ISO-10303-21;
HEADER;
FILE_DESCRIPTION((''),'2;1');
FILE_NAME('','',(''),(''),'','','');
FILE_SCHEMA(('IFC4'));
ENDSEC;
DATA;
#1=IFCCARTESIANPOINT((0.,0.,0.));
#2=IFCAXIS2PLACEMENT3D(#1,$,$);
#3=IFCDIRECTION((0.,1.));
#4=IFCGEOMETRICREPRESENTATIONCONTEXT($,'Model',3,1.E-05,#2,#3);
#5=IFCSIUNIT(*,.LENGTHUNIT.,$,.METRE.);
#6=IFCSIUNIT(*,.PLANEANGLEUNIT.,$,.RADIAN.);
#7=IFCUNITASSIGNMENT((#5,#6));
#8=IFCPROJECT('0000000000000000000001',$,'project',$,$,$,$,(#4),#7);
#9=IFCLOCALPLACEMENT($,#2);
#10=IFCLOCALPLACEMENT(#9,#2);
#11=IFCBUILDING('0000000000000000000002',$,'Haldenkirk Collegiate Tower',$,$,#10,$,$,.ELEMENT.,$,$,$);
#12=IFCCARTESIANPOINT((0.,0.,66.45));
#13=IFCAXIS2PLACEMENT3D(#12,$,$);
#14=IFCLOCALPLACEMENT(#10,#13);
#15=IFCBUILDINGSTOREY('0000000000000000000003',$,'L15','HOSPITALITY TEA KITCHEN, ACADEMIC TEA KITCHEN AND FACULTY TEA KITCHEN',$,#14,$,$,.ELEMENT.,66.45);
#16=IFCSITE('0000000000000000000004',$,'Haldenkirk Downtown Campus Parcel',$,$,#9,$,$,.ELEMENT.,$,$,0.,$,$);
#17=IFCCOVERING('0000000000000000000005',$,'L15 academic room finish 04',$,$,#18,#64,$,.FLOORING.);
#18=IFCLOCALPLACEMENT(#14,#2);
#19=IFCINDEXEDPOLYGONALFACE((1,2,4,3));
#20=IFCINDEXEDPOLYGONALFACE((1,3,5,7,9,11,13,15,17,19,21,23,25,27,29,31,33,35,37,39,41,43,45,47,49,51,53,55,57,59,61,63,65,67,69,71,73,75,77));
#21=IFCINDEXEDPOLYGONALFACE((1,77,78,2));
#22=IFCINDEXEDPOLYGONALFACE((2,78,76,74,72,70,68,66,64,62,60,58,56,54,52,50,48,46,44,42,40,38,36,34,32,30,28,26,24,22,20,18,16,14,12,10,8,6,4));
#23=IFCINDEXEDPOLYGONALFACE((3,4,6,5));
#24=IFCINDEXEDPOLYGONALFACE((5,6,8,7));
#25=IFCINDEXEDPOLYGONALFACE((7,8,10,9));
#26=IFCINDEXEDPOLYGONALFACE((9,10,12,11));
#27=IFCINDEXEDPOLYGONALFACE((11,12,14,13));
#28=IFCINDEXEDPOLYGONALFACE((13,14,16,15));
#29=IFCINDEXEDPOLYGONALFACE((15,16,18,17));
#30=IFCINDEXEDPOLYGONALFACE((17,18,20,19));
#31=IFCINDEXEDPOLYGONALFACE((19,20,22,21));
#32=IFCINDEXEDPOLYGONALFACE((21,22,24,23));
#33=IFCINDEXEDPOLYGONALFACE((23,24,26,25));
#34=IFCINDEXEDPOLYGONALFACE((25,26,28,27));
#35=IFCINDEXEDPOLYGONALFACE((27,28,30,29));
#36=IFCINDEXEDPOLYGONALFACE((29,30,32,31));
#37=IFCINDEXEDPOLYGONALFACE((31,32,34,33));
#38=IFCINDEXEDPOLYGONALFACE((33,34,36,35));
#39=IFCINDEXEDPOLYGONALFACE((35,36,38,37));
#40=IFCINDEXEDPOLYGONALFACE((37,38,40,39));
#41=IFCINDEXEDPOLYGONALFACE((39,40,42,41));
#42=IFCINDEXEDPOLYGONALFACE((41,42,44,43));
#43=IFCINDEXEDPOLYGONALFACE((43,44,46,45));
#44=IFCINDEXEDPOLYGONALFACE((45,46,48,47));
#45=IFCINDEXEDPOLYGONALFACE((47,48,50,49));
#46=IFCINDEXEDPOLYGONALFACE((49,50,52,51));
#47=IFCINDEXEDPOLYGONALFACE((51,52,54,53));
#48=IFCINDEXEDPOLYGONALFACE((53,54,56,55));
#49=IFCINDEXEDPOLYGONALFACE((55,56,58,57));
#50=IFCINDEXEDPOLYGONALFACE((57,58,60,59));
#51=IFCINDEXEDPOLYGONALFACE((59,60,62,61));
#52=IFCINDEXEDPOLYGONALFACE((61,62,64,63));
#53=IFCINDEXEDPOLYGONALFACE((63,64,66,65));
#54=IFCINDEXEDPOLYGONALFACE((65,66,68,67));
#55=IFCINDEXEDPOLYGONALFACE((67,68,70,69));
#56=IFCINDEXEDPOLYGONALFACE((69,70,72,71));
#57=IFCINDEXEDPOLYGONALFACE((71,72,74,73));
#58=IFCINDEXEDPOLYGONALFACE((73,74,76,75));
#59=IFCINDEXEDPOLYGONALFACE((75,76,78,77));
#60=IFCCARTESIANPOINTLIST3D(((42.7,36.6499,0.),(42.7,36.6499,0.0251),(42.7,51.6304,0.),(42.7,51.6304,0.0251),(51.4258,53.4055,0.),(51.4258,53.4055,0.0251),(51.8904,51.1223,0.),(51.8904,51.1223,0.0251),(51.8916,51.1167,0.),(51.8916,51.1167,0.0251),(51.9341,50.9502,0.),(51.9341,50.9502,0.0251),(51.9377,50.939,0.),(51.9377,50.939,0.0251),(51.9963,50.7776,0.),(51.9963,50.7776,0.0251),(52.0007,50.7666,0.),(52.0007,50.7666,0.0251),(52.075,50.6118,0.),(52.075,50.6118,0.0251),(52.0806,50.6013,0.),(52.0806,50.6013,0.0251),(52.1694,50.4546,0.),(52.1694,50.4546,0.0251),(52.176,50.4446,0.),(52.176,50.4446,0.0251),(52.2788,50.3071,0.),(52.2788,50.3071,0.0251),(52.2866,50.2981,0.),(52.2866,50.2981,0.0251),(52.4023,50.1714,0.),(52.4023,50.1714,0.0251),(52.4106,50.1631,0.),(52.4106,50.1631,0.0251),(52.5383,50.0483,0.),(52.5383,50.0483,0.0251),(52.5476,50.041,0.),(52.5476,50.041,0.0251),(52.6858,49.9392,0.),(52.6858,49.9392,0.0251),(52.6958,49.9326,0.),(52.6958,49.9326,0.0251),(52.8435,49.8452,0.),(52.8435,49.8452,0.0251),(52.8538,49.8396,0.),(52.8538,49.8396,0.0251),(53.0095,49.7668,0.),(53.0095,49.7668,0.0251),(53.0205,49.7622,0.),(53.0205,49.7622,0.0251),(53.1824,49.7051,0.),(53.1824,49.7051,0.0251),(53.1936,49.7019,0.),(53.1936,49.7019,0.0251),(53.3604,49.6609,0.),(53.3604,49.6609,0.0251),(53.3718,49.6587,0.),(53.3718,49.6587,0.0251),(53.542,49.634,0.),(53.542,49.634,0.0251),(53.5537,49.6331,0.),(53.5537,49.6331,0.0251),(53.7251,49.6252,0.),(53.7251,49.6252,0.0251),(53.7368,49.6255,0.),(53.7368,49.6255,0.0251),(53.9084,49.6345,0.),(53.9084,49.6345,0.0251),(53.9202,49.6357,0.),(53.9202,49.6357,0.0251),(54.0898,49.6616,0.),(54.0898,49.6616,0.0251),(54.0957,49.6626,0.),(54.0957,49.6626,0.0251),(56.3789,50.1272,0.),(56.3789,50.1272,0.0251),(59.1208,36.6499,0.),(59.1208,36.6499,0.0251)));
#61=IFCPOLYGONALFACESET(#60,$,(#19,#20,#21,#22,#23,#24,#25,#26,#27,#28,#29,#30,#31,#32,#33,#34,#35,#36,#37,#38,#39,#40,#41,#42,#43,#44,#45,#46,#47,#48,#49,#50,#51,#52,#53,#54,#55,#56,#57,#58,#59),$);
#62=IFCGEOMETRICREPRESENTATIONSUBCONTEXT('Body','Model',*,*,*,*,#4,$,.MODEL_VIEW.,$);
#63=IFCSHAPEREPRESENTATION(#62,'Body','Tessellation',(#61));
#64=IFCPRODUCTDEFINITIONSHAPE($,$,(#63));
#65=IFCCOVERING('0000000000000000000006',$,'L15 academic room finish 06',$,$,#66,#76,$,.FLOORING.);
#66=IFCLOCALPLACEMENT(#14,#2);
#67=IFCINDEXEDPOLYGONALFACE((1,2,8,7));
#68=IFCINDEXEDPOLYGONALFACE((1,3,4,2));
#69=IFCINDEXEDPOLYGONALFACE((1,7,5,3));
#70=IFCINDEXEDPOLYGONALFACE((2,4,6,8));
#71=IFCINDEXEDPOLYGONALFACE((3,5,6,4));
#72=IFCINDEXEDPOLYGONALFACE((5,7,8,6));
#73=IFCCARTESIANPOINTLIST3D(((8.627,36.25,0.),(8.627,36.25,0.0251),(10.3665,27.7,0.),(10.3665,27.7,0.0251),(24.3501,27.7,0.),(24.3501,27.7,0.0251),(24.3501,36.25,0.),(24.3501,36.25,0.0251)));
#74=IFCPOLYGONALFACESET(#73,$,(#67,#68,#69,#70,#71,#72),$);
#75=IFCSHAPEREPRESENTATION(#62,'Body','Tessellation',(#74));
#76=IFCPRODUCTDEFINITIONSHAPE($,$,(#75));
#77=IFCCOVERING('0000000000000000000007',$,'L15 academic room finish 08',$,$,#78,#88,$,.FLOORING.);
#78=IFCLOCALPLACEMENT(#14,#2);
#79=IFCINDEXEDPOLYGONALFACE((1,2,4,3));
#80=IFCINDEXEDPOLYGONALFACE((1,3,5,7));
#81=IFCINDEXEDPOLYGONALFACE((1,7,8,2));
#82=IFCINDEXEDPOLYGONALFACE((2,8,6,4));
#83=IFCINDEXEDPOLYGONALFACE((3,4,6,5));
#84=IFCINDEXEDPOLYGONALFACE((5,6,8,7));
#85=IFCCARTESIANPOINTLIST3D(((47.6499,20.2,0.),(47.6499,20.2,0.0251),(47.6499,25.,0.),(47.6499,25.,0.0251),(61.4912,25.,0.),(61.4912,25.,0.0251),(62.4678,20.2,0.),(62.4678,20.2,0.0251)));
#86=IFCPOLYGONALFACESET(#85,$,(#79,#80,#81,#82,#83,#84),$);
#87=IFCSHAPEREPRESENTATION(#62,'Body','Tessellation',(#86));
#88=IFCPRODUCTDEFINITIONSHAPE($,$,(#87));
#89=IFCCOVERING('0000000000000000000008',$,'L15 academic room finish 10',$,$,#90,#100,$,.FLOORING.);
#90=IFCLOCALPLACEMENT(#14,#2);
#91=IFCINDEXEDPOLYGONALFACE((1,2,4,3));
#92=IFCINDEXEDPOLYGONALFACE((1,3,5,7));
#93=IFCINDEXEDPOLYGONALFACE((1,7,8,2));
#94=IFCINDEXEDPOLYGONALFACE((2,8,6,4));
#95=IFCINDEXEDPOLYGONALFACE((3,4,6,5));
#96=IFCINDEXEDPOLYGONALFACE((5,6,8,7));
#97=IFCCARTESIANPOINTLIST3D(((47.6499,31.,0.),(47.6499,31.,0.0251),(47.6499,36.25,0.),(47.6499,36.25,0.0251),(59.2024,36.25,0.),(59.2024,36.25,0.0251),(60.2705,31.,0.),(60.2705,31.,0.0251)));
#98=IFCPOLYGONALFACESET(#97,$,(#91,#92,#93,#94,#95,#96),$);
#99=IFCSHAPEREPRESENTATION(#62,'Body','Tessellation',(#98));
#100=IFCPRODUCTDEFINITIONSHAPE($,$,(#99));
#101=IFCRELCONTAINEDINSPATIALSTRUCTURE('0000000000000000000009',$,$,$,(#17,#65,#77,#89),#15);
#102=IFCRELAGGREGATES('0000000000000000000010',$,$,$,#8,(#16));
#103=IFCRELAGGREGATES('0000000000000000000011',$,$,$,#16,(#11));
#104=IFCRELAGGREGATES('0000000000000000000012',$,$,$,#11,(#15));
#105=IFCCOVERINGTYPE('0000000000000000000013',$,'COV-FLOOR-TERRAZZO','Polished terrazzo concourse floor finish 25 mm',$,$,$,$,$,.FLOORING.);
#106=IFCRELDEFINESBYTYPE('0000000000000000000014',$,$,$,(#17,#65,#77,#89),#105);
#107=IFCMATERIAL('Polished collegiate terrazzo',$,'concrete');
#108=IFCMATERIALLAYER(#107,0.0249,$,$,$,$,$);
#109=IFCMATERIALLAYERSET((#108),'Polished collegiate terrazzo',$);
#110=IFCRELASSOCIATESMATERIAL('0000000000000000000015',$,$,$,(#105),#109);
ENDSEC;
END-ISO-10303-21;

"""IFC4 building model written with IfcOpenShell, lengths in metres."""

from ifc_helpers import new_model, si_unit, direction, frame, origin, place, context, subcontext, project, spatial, polyline, outline, extrude, material, layer, layer_set, type_object, element, save


model = new_model("IFC4")

# Units and contexts
model_context = context("Model", 3, precision=1e-05, world=origin(), true_north=direction((0.0, 1.0)))
body_context = subcontext(model_context, "Body", "Model", "MODEL_VIEW")
ifc_project = project(units=[si_unit("LENGTHUNIT", "METRE"), si_unit("PLANEANGLEUNIT", "RADIAN")], contexts=[model_context])

# Site, building, storey
site_placement = place(None, origin())
site = spatial("IfcSite", under=ifc_project, at=site_placement, Name="Haldenkirk Downtown Campus Parcel", CompositionType="ELEMENT", RefElevation=0.0)
building_placement = place(site_placement, origin())
building = spatial("IfcBuilding", under=site, at=building_placement, Name="Haldenkirk Collegiate Tower", CompositionType="ELEMENT")
storey_placement = place(building_placement, frame((0.0, 0.0, 66.45)))
storey = spatial("IfcBuildingStorey", under=building, at=storey_placement, Name="L15", Description="HOSPITALITY TEA KITCHEN, ACADEMIC TEA KITCHEN AND FACULTY TEA KITCHEN", CompositionType="ELEMENT", Elevation=66.45)

# Coverings
ifc_material_1 = material(Name="Polished collegiate terrazzo", Category="concrete")
ifc_layer_1 = layer(ifc_material_1, 0.0249)
ifc_layer_set_1 = layer_set([ifc_layer_1], Name="Polished collegiate terrazzo")
covering_type_1 = type_object("IfcCoveringType", Name="COV-FLOOR-TERRAZZO", Description="Polished terrazzo concourse floor finish 25 mm", PredefinedType="FLOORING", material=ifc_layer_set_1)
covering_1_placement = place(storey_placement, origin())
element("IfcCovering", 1, at=covering_1_placement, inside=storey, type_object=covering_type_1, Name="L15 academic room finish 04", PredefinedType="FLOORING", context=body_context, shape_type="SweptSolid", body=[
    extrude(outline(polyline([(51.4258, 53.4055), (51.8904, 51.1223), (51.8916, 51.1167), (51.9341, 50.9502), (51.9377, 50.939), (51.9963, 50.7776), (52.0007, 50.7666), (52.075, 50.6118), (52.0806, 50.6013), (52.1694, 50.4546), (52.176, 50.4446), (52.2788, 50.3071), (52.2866, 50.2981), (52.4023, 50.1714), (52.4106, 50.1631), (52.5383, 50.0483), (52.5476, 50.041), (52.6858, 49.9392), (52.6958, 49.9326), (52.8435, 49.8452), (52.8538, 49.8396), (53.0095, 49.7668), (53.0205, 49.7622), (53.1824, 49.7051), (53.1936, 49.7019), (53.3604, 49.6609), (53.3718, 49.6587), (53.542, 49.634), (53.5537, 49.6331), (53.7251, 49.6252), (53.7368, 49.6255), (53.9084, 49.6345), (53.9202, 49.6357), (54.0898, 49.6616), (54.0957, 49.6626), (56.3789, 50.1272), (59.1208, 36.6499), (42.7, 36.6499), (42.7, 51.6304), (51.4258, 53.4055)])), origin(), (0.0, 0.0, 1.0), 0.0251),
])
covering_2_placement = place(storey_placement, origin())
element("IfcCovering", 2, at=covering_2_placement, inside=storey, type_object=covering_type_1, Name="L15 academic room finish 06", PredefinedType="FLOORING", context=body_context, shape_type="SweptSolid", body=[
    extrude(outline(polyline([(8.627, 36.25), (24.3501, 36.25), (24.3501, 27.7), (10.3665, 27.7), (8.627, 36.25)])), origin(), (0.0, 0.0, 1.0), 0.0251),
])
covering_3_placement = place(storey_placement, origin())
element("IfcCovering", 3, at=covering_3_placement, inside=storey, type_object=covering_type_1, Name="L15 academic room finish 08", PredefinedType="FLOORING", context=body_context, shape_type="SweptSolid", body=[
    extrude(outline(polyline([(62.4678, 20.2), (47.6499, 20.2), (47.6499, 25.0), (61.4912, 25.0), (62.4678, 20.2)])), origin(), (0.0, 0.0, 1.0), 0.0251),
])
covering_4_placement = place(storey_placement, origin())
element("IfcCovering", 4, at=covering_4_placement, inside=storey, type_object=covering_type_1, Name="L15 academic room finish 10", PredefinedType="FLOORING", context=body_context, shape_type="SweptSolid", body=[
    extrude(outline(polyline([(60.2705, 31.0), (47.6499, 31.0), (47.6499, 36.25), (59.2024, 36.25), (60.2705, 31.0)])), origin(), (0.0, 0.0, 1.0), 0.0251),
])

save(model, "model.ifc")
